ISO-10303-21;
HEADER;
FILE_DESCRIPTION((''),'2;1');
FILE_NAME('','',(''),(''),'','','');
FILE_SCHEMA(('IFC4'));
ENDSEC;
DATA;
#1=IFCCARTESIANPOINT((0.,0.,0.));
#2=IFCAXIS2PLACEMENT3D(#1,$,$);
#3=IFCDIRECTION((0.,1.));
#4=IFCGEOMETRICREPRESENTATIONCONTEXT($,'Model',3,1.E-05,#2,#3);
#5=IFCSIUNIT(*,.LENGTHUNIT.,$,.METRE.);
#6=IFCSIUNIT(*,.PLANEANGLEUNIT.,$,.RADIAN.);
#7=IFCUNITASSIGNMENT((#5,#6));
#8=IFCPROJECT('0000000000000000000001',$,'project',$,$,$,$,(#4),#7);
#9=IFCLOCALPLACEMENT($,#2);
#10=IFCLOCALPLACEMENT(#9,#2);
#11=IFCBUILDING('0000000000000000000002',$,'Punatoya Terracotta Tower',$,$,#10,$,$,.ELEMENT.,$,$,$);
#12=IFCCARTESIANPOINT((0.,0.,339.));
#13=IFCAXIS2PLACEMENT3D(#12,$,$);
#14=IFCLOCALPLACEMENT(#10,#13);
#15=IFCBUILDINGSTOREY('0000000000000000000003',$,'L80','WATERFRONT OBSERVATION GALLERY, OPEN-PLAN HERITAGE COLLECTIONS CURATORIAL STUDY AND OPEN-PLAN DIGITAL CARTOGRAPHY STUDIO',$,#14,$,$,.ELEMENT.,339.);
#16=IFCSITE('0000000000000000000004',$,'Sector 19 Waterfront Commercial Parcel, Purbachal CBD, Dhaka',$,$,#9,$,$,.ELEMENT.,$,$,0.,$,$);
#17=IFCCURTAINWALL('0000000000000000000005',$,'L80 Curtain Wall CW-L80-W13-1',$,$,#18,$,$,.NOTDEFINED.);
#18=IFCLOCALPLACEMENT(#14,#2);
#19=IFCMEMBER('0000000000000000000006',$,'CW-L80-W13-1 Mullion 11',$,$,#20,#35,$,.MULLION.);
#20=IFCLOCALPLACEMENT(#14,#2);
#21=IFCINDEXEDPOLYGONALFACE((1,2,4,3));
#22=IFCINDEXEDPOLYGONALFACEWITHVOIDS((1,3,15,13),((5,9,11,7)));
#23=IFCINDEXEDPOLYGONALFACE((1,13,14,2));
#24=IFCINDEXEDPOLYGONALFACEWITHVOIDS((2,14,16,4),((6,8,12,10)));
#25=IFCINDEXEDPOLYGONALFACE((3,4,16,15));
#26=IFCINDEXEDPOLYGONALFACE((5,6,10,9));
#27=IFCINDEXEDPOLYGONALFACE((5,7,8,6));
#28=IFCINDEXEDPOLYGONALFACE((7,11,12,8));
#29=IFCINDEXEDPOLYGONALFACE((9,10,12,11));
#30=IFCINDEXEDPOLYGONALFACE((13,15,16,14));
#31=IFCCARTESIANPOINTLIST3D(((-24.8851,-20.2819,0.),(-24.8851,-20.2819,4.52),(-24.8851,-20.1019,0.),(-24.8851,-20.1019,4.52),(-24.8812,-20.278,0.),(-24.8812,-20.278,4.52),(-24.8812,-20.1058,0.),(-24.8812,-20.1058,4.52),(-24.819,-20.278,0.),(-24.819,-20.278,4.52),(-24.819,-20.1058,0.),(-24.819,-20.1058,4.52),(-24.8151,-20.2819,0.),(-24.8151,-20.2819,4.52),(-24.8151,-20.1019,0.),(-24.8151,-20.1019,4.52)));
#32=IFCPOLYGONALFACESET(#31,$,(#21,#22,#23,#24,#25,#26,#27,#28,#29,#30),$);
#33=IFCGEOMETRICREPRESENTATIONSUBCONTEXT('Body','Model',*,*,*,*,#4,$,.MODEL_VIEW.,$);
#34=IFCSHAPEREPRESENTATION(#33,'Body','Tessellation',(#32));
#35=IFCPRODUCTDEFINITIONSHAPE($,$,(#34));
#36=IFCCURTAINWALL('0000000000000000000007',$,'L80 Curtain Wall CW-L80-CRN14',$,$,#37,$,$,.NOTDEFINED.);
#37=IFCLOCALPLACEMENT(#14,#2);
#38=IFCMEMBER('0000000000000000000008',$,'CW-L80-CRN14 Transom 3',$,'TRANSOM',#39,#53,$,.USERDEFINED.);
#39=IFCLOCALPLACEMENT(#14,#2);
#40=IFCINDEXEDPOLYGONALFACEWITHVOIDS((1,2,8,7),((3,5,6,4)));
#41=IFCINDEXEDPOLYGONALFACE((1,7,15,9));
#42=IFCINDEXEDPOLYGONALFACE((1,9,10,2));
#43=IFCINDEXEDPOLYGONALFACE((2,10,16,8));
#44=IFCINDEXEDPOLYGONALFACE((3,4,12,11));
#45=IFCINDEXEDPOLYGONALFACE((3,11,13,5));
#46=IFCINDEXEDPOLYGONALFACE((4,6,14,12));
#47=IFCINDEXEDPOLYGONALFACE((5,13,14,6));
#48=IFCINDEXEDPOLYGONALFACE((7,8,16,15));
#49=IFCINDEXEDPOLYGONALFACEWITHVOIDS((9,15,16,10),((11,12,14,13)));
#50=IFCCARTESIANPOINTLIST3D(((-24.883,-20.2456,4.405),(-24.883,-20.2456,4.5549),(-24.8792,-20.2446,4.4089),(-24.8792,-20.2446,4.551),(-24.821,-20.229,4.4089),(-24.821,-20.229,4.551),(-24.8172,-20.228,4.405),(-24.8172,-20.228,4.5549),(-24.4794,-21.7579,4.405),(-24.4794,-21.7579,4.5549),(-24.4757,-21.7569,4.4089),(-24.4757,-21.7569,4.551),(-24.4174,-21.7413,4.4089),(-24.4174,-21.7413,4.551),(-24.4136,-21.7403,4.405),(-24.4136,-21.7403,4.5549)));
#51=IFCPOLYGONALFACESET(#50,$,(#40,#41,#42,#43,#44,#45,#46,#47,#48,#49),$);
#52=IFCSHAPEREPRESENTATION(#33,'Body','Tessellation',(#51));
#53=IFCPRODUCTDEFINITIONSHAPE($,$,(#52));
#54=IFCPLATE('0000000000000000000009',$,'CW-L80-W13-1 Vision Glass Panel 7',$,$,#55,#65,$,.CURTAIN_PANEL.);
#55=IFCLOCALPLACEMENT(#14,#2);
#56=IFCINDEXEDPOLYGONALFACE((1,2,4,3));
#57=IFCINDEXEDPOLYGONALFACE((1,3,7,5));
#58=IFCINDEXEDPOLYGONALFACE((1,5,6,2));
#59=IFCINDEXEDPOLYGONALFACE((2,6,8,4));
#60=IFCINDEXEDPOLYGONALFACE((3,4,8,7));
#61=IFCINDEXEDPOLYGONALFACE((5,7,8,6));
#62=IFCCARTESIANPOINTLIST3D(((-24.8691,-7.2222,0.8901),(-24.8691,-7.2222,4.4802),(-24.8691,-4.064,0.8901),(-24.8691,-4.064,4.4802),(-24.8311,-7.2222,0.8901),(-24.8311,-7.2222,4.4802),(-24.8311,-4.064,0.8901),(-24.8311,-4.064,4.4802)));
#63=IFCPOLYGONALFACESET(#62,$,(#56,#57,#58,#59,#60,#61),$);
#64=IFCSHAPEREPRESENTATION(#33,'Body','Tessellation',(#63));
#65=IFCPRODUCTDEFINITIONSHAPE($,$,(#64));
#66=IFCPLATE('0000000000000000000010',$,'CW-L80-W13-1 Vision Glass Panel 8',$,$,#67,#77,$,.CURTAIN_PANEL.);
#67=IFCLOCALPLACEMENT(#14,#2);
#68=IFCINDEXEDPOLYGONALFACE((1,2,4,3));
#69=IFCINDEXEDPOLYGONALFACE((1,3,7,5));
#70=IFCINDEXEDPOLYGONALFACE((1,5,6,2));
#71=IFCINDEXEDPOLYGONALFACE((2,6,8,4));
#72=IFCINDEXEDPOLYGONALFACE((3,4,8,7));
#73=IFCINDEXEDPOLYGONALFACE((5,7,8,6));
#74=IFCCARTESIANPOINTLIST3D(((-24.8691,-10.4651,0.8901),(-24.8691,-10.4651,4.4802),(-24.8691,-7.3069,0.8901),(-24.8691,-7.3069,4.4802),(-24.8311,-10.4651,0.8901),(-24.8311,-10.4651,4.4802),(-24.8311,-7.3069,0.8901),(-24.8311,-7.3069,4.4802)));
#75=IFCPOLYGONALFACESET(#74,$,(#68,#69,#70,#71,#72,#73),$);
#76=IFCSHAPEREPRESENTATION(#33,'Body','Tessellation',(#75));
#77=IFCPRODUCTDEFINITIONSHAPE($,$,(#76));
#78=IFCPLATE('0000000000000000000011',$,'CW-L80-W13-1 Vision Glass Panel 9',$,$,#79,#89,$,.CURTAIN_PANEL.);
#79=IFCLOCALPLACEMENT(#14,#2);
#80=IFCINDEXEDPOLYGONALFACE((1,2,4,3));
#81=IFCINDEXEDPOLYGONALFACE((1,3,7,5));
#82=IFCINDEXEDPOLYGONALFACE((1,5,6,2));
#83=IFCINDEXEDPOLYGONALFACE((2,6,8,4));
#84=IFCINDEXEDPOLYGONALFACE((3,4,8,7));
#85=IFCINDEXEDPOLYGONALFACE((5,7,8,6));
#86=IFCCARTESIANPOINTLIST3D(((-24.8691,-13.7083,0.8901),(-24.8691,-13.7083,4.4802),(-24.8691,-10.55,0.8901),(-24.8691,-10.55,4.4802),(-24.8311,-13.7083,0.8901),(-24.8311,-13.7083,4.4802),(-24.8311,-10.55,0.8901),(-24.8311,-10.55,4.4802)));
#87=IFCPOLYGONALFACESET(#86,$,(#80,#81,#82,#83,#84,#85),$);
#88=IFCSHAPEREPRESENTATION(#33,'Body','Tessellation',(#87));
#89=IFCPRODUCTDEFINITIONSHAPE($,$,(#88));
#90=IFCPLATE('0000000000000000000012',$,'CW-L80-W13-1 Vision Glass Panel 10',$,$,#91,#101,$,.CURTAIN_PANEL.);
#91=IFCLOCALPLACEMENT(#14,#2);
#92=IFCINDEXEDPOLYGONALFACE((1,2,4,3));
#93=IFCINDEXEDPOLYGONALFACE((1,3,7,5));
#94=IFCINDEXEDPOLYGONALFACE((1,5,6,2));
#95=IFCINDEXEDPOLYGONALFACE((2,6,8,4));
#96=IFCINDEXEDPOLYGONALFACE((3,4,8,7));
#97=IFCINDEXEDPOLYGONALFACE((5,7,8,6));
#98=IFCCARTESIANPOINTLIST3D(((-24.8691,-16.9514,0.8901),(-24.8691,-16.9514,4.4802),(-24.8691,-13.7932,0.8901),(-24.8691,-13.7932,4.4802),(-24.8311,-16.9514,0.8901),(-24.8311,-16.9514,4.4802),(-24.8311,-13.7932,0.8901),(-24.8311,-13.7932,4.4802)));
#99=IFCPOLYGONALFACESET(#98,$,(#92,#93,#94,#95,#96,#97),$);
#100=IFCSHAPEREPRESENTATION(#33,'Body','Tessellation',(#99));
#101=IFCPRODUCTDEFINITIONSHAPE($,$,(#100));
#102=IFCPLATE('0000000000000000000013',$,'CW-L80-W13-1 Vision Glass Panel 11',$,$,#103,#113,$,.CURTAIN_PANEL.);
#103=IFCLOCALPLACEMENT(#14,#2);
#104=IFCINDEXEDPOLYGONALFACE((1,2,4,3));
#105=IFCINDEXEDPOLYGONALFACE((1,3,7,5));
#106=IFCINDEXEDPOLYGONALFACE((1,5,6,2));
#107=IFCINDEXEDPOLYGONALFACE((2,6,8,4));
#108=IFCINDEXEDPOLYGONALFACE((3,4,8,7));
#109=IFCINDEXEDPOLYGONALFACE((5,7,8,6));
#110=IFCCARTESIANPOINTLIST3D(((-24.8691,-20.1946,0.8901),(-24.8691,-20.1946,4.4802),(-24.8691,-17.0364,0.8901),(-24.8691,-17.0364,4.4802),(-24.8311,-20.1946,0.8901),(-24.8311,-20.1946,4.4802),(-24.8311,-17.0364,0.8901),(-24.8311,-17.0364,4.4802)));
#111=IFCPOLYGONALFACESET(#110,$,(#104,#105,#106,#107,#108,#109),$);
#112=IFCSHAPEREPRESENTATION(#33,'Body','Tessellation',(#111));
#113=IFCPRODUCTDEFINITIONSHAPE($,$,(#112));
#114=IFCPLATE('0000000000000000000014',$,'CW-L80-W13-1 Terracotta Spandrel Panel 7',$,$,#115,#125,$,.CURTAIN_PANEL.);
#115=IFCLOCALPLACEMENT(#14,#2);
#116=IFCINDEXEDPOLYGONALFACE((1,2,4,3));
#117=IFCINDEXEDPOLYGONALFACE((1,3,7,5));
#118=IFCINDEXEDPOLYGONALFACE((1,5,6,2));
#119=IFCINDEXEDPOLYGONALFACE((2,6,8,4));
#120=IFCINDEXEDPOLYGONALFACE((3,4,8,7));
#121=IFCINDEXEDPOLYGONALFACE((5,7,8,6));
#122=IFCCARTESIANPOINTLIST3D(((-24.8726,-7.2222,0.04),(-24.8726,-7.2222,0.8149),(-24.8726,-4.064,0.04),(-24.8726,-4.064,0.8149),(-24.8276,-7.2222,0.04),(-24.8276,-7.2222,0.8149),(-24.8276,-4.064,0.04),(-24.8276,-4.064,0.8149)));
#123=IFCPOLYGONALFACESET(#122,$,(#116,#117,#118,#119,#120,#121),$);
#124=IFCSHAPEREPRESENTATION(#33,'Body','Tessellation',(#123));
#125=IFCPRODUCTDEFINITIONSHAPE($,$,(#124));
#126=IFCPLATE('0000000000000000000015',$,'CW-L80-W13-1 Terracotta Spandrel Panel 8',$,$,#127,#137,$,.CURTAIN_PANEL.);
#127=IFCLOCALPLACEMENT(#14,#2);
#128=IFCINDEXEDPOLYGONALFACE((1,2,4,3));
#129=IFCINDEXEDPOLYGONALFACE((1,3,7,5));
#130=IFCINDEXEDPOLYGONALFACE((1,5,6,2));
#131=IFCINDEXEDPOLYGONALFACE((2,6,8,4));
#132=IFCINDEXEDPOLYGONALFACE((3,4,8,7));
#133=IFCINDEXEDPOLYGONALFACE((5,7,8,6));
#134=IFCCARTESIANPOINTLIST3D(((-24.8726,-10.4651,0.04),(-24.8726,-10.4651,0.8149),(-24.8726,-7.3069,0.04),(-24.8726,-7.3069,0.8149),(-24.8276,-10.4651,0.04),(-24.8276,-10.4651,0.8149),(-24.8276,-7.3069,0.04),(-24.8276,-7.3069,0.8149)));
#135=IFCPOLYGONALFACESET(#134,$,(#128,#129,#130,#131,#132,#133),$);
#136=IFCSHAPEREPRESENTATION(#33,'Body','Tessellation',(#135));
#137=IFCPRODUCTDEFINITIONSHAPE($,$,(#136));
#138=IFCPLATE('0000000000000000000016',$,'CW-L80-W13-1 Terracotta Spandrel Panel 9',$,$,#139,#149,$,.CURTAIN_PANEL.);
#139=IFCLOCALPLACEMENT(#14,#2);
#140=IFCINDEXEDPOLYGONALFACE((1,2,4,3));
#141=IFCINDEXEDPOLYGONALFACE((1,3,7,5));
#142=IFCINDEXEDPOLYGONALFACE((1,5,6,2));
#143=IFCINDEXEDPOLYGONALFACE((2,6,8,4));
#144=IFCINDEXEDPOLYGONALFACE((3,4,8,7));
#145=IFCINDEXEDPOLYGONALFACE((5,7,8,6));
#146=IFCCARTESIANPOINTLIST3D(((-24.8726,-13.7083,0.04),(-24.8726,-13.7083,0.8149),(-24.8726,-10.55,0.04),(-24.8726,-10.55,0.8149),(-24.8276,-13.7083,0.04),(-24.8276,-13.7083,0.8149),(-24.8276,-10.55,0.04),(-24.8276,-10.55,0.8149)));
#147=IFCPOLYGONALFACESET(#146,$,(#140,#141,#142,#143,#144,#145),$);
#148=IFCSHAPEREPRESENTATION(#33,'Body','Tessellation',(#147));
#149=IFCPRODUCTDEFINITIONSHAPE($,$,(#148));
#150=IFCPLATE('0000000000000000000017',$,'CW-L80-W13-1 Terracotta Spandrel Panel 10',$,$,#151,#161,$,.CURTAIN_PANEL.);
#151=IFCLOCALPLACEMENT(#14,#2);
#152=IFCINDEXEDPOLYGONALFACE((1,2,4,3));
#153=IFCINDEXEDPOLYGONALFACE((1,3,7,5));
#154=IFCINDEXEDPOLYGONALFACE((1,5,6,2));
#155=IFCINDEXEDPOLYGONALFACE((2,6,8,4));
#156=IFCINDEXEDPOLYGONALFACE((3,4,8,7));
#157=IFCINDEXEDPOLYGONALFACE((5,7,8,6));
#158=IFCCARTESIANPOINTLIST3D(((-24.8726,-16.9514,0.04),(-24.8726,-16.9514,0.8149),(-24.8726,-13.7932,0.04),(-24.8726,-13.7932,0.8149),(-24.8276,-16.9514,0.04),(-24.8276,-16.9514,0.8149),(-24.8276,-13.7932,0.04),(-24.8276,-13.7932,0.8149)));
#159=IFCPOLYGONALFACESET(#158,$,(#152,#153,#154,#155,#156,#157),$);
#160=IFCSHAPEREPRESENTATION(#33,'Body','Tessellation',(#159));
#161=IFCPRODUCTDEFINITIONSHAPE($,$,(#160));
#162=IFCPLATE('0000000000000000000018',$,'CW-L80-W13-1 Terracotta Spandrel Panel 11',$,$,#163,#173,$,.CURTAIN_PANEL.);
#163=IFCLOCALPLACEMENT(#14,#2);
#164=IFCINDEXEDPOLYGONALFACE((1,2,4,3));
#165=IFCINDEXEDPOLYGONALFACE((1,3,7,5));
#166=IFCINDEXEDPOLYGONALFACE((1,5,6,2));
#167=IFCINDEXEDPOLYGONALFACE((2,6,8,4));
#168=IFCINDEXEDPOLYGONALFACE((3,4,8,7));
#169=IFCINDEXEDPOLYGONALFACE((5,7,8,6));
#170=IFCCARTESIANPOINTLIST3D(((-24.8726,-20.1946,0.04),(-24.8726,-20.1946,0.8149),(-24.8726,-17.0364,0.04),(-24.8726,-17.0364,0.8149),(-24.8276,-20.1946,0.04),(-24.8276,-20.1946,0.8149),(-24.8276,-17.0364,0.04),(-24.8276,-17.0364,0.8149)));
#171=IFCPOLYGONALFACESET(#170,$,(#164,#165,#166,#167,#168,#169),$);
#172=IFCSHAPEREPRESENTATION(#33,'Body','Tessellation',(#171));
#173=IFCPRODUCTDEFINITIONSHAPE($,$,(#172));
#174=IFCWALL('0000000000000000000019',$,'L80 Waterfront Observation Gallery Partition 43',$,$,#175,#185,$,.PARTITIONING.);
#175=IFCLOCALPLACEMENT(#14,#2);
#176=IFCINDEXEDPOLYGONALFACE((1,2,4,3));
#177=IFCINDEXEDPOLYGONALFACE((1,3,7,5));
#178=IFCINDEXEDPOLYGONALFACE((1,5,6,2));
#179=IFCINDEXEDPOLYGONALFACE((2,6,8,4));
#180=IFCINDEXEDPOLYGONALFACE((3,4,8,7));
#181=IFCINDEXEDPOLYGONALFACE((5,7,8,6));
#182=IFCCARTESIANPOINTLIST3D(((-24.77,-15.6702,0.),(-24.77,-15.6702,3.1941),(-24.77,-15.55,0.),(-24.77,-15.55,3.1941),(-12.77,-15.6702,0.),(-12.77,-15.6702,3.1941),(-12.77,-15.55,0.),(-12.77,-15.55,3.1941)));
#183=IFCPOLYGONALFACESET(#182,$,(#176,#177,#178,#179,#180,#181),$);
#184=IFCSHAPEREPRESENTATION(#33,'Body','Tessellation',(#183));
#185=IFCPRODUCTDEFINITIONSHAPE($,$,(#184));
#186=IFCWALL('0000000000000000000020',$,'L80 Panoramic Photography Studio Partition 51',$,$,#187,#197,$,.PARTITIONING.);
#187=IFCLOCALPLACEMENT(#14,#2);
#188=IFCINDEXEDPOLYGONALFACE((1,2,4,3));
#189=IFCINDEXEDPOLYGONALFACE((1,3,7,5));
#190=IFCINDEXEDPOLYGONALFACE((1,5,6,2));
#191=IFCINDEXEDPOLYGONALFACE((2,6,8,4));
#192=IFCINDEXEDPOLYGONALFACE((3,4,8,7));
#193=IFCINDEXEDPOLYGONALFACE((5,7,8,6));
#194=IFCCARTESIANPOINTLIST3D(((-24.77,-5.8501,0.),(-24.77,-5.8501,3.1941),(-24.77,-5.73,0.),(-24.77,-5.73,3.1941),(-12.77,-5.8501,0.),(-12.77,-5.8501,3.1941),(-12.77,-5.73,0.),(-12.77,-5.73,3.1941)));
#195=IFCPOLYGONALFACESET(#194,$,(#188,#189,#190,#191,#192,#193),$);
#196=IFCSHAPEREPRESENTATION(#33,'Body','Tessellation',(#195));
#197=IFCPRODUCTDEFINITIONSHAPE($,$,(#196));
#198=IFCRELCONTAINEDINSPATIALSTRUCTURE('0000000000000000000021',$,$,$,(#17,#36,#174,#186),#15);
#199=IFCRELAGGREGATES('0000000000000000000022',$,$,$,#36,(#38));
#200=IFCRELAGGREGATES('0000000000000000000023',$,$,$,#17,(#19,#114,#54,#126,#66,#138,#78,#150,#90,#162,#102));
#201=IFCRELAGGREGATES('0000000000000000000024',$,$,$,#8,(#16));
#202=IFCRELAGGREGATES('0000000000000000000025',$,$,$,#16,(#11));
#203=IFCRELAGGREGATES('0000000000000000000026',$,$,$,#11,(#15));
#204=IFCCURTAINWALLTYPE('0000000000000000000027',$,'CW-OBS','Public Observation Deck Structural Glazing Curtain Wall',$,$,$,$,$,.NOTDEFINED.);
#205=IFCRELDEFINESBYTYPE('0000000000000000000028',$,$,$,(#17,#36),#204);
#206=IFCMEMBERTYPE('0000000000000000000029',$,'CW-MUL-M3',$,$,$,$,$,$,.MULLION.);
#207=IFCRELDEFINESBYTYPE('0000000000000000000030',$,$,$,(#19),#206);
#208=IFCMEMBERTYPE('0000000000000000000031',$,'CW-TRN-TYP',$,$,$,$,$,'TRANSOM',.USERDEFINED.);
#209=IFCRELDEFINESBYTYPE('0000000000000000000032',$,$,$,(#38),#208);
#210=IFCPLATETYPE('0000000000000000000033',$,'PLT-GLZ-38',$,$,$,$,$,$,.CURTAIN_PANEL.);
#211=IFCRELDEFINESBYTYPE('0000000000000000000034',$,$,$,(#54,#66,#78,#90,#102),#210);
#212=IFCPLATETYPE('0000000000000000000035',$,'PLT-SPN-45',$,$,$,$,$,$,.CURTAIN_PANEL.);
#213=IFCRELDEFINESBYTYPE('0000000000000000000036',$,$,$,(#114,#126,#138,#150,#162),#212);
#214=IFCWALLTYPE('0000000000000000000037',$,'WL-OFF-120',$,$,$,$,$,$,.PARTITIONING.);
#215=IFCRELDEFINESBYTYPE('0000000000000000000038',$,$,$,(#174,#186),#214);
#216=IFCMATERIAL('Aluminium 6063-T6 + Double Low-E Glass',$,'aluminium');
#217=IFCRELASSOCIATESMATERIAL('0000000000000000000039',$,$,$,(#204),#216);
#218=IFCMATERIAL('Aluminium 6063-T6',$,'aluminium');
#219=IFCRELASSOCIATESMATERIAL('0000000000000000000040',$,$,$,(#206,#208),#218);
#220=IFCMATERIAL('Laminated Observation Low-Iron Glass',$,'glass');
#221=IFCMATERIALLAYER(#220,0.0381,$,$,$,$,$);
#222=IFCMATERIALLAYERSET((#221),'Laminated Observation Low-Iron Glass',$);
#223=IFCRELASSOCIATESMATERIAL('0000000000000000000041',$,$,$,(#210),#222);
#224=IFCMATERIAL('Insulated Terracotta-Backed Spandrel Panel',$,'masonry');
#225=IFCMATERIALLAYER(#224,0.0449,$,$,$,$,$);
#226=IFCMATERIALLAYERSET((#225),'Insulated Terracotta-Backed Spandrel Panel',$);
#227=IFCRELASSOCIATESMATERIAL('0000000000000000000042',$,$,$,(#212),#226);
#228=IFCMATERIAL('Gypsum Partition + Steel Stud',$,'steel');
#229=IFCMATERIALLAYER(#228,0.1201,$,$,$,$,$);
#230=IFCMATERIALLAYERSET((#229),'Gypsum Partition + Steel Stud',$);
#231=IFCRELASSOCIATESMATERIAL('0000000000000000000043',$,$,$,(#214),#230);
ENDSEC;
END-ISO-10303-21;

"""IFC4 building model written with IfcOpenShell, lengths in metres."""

from ifc_helpers import new_model, si_unit, direction, frame, frame_2d, origin, origin_2d, place, context, subcontext, project, spatial, rectangle, hollow_rectangle, extrude, material, layer, layer_set, material_profile, profile_set, type_object, element, aggregate, save


model = new_model("IFC4")

# Units and contexts
model_context = context("Model", 3, precision=1e-05, world=origin(), true_north=direction((0.0, 1.0)))
body_context = subcontext(model_context, "Body", "Model", "MODEL_VIEW")
ifc_project = project(units=[si_unit("LENGTHUNIT", "METRE"), si_unit("PLANEANGLEUNIT", "RADIAN")], contexts=[model_context])

# Site, building, storey
site_placement = place(None, origin())
site = spatial("IfcSite", under=ifc_project, at=site_placement, Name="Sector 19 Waterfront Commercial Parcel, Purbachal CBD, Dhaka", CompositionType="ELEMENT", RefElevation=0.0)
building_placement = place(site_placement, origin())
building = spatial("IfcBuilding", under=site, at=building_placement, Name="Punatoya Terracotta Tower", CompositionType="ELEMENT")
storey_placement = place(building_placement, frame((0.0, 0.0, 339.0)))
storey = spatial("IfcBuildingStorey", under=building, at=storey_placement, Name="L80", Description="WATERFRONT OBSERVATION GALLERY, OPEN-PLAN HERITAGE COLLECTIONS CURATORIAL STUDY AND OPEN-PLAN DIGITAL CARTOGRAPHY STUDIO", CompositionType="ELEMENT", Elevation=339.0)

# Curtain wall, member
ifc_material_1 = material(Name="Aluminium 6063-T6 + Double Low-E Glass", Category="aluminium")
curtain_wall_type = type_object("IfcCurtainWallType", Name="CW-OBS", Description="Public Observation Deck Structural Glazing Curtain Wall", PredefinedType="NOTDEFINED", material=ifc_material_1)
curtain_wall_1_placement = place(storey_placement, origin())
curtain_wall_1 = element("IfcCurtainWall", 1, at=curtain_wall_1_placement, inside=storey, type_object=curtain_wall_type, Name="L80 Curtain Wall CW-L80-W13-1", PredefinedType="NOTDEFINED")
ifc_material_2 = material(Name="Aluminium 6063-T6", Category="aluminium")
ifc_material_profile_1 = material_profile(ifc_material_2, hollow_rectangle(XDim=0.0701, YDim=0.1799, WallThickness=0.0039, at=origin_2d()))
ifc_profile_set_1 = profile_set([ifc_material_profile_1], Name="Aluminium 6063-T6")
member_type_1 = type_object("IfcMemberType", Name="CW-MUL-M3", PredefinedType="MULLION", material=ifc_profile_set_1)
member_1_placement = place(storey_placement, frame((-24.8501, -20.1919, 0.0), z_axis=(0.0, 0.0, 1.0), x_axis=(1.0, 0.0, 0.0)))
member_1 = element("IfcMember", 2, at=member_1_placement, type_object=member_type_1, Name="CW-L80-W13-1 Mullion 11", PredefinedType="MULLION", context=body_context, shape_type="SweptSolid", body=[
    extrude(hollow_rectangle(XDim=0.0701, YDim=0.1799, WallThickness=0.0039, at=origin_2d()), origin(), (0.0, 0.0, 1.0), 4.52),
])

# Curtain wall, member
curtain_wall_2_placement = place(storey_placement, origin())
curtain_wall_2 = element("IfcCurtainWall", 3, at=curtain_wall_2_placement, inside=storey, type_object=curtain_wall_type, Name="L80 Curtain Wall CW-L80-CRN14", PredefinedType="NOTDEFINED")
ifc_material_profile_2 = material_profile(ifc_material_2, hollow_rectangle(XDim=0.0681, YDim=0.1499, WallThickness=0.0039, at=origin_2d()))
ifc_profile_set_2 = profile_set([ifc_material_profile_2], Name="Aluminium 6063-T6")
member_type_2 = type_object("IfcMemberType", Name="CW-TRN-TYP", ElementType="TRANSOM", PredefinedType="USERDEFINED", material=ifc_profile_set_2)
member_2_placement = place(storey_placement, frame((-24.8501, -20.2368, 4.48), z_axis=(0.257847, -0.966186, 0.0), x_axis=(0.966186, 0.257847, 0.0)))
member_2 = element("IfcMember", 4, at=member_2_placement, type_object=member_type_2, Name="CW-L80-CRN14 Transom 3", ObjectType="TRANSOM", PredefinedType="USERDEFINED", context=body_context, shape_type="SweptSolid", body=[
    extrude(hollow_rectangle(XDim=0.0681, YDim=0.1499, WallThickness=0.0039, at=origin_2d()), origin(), (0.0, 0.0, 1.0), 1.5652),
])
aggregate(curtain_wall_2, [member_2])

# Plates
ifc_material_3 = material(Name="Laminated Observation Low-Iron Glass", Category="glass")
ifc_layer_1 = layer(ifc_material_3, 0.0381)
ifc_layer_set_1 = layer_set([ifc_layer_1], Name="Laminated Observation Low-Iron Glass")
plate_type_1 = type_object("IfcPlateType", Name="PLT-GLZ-38", PredefinedType="CURTAIN_PANEL", material=ifc_layer_set_1)
plate_1_placement = place(storey_placement, frame((-24.8501, -5.6431, 0.8901), z_axis=(0.0, 0.0, 1.0), x_axis=(0.0, -1.0, 0.0)))
plate_1 = element("IfcPlate", 5, at=plate_1_placement, type_object=plate_type_1, Name="CW-L80-W13-1 Vision Glass Panel 7", PredefinedType="CURTAIN_PANEL", context=body_context, shape_type="SweptSolid", body=[
    extrude(rectangle(XDim=3.1582, YDim=0.0381, at=origin_2d()), origin(), (0.0, 0.0, 1.0), 3.5901),
])
plate_2_placement = place(storey_placement, frame((-24.8501, -8.886, 0.8901), z_axis=(0.0, 0.0, 1.0), x_axis=(0.0, -1.0, 0.0)))
plate_2 = element("IfcPlate", 6, at=plate_2_placement, type_object=plate_type_1, Name="CW-L80-W13-1 Vision Glass Panel 8", PredefinedType="CURTAIN_PANEL", context=body_context, shape_type="SweptSolid", body=[
    extrude(rectangle(XDim=3.1582, YDim=0.0381, at=origin_2d()), origin(), (0.0, 0.0, 1.0), 3.5901),
])
plate_3_placement = place(storey_placement, frame((-24.8501, -12.1292, 0.8901), z_axis=(0.0, 0.0, 1.0), x_axis=(0.0, -1.0, 0.0)))
plate_3 = element("IfcPlate", 7, at=plate_3_placement, type_object=plate_type_1, Name="CW-L80-W13-1 Vision Glass Panel 9", PredefinedType="CURTAIN_PANEL", context=body_context, shape_type="SweptSolid", body=[
    extrude(rectangle(XDim=3.1582, YDim=0.0381, at=origin_2d()), origin(), (0.0, 0.0, 1.0), 3.5901),
])
plate_4_placement = place(storey_placement, frame((-24.8501, -15.3723, 0.8901), z_axis=(0.0, 0.0, 1.0), x_axis=(0.0, -1.0, 0.0)))
plate_4 = element("IfcPlate", 8, at=plate_4_placement, type_object=plate_type_1, Name="CW-L80-W13-1 Vision Glass Panel 10", PredefinedType="CURTAIN_PANEL", context=body_context, shape_type="SweptSolid", body=[
    extrude(rectangle(XDim=3.1582, YDim=0.0381, at=origin_2d()), origin(), (0.0, 0.0, 1.0), 3.5901),
])
plate_5_placement = place(storey_placement, frame((-24.8501, -18.6155, 0.8901), z_axis=(0.0, 0.0, 1.0), x_axis=(0.0, -1.0, 0.0)))
plate_5 = element("IfcPlate", 9, at=plate_5_placement, type_object=plate_type_1, Name="CW-L80-W13-1 Vision Glass Panel 11", PredefinedType="CURTAIN_PANEL", context=body_context, shape_type="SweptSolid", body=[
    extrude(rectangle(XDim=3.1582, YDim=0.0381, at=origin_2d()), origin(), (0.0, 0.0, 1.0), 3.5901),
])
ifc_material_4 = material(Name="Insulated Terracotta-Backed Spandrel Panel", Category="masonry")
ifc_layer_2 = layer(ifc_material_4, 0.0449)
ifc_layer_set_2 = layer_set([ifc_layer_2], Name="Insulated Terracotta-Backed Spandrel Panel")
plate_type_2 = type_object("IfcPlateType", Name="PLT-SPN-45", PredefinedType="CURTAIN_PANEL", material=ifc_layer_set_2)
plate_6_placement = place(storey_placement, frame((-24.8501, -5.6431, 0.04), z_axis=(0.0, 0.0, 1.0), x_axis=(0.0, -1.0, 0.0)))
plate_6 = element("IfcPlate", 10, at=plate_6_placement, type_object=plate_type_2, Name="CW-L80-W13-1 Terracotta Spandrel Panel 7", PredefinedType="CURTAIN_PANEL", context=body_context, shape_type="SweptSolid", body=[
    extrude(rectangle(XDim=3.1582, YDim=0.0449, at=origin_2d()), origin(), (0.0, 0.0, 1.0), 0.7749),
])
plate_7_placement = place(storey_placement, frame((-24.8501, -8.886, 0.04), z_axis=(0.0, 0.0, 1.0), x_axis=(0.0, -1.0, 0.0)))
plate_7 = element("IfcPlate", 11, at=plate_7_placement, type_object=plate_type_2, Name="CW-L80-W13-1 Terracotta Spandrel Panel 8", PredefinedType="CURTAIN_PANEL", context=body_context, shape_type="SweptSolid", body=[
    extrude(rectangle(XDim=3.1582, YDim=0.0449, at=origin_2d()), origin(), (0.0, 0.0, 1.0), 0.7749),
])
plate_8_placement = place(storey_placement, frame((-24.8501, -12.1292, 0.04), z_axis=(0.0, 0.0, 1.0), x_axis=(0.0, -1.0, 0.0)))
plate_8 = element("IfcPlate", 12, at=plate_8_placement, type_object=plate_type_2, Name="CW-L80-W13-1 Terracotta Spandrel Panel 9", PredefinedType="CURTAIN_PANEL", context=body_context, shape_type="SweptSolid", body=[
    extrude(rectangle(XDim=3.1582, YDim=0.0449, at=origin_2d()), origin(), (0.0, 0.0, 1.0), 0.7749),
])
plate_9_placement = place(storey_placement, frame((-24.8501, -15.3723, 0.04), z_axis=(0.0, 0.0, 1.0), x_axis=(0.0, -1.0, 0.0)))
plate_9 = element("IfcPlate", 13, at=plate_9_placement, type_object=plate_type_2, Name="CW-L80-W13-1 Terracotta Spandrel Panel 10", PredefinedType="CURTAIN_PANEL", context=body_context, shape_type="SweptSolid", body=[
    extrude(rectangle(XDim=3.1582, YDim=0.0449, at=origin_2d()), origin(), (0.0, 0.0, 1.0), 0.7749),
])
plate_10_placement = place(storey_placement, frame((-24.8501, -18.6155, 0.04), z_axis=(0.0, 0.0, 1.0), x_axis=(0.0, -1.0, 0.0)))
plate_10 = element("IfcPlate", 14, at=plate_10_placement, type_object=plate_type_2, Name="CW-L80-W13-1 Terracotta Spandrel Panel 11", PredefinedType="CURTAIN_PANEL", context=body_context, shape_type="SweptSolid", body=[
    extrude(rectangle(XDim=3.1582, YDim=0.0449, at=origin_2d()), origin(), (0.0, 0.0, 1.0), 0.7749),
])
aggregate(curtain_wall_1, [member_1, plate_6, plate_1, plate_7, plate_2, plate_8, plate_3, plate_9, plate_4, plate_10, plate_5])

# Walls
ifc_material_5 = material(Name="Gypsum Partition + Steel Stud", Category="steel")
ifc_layer_3 = layer(ifc_material_5, 0.1201)
ifc_layer_set_3 = layer_set([ifc_layer_3], Name="Gypsum Partition + Steel Stud")
wall_type = type_object("IfcWallType", Name="WL-OFF-120", PredefinedType="PARTITIONING", material=ifc_layer_set_3)
for number, where, z_axis, x_axis, name in (
    (15, (-24.77, -15.6101, 0.0), (0.0, 0.0, 1.0), (1.0, 0.0, 0.0), "L80 Waterfront Observation Gallery Partition 43"),
    (16, (-24.77, -5.79, 0.0), (0.0, 0.0, 1.0), (1.0, 0.0, 0.0), "L80 Panoramic Photography Studio Partition 51"),
):
    element("IfcWall", number, at=place(storey_placement, frame(where, z_axis=z_axis, x_axis=x_axis)), inside=storey, type_object=wall_type, Name=name, PredefinedType="PARTITIONING", context=body_context, shape_type="SweptSolid", body=[
        extrude(rectangle(XDim=12.0, YDim=0.1201, at=frame_2d((6.0, 0.0))), origin(), (0.0, 0.0, 1.0), 3.1941),
    ])

save(model, "model.ifc")
